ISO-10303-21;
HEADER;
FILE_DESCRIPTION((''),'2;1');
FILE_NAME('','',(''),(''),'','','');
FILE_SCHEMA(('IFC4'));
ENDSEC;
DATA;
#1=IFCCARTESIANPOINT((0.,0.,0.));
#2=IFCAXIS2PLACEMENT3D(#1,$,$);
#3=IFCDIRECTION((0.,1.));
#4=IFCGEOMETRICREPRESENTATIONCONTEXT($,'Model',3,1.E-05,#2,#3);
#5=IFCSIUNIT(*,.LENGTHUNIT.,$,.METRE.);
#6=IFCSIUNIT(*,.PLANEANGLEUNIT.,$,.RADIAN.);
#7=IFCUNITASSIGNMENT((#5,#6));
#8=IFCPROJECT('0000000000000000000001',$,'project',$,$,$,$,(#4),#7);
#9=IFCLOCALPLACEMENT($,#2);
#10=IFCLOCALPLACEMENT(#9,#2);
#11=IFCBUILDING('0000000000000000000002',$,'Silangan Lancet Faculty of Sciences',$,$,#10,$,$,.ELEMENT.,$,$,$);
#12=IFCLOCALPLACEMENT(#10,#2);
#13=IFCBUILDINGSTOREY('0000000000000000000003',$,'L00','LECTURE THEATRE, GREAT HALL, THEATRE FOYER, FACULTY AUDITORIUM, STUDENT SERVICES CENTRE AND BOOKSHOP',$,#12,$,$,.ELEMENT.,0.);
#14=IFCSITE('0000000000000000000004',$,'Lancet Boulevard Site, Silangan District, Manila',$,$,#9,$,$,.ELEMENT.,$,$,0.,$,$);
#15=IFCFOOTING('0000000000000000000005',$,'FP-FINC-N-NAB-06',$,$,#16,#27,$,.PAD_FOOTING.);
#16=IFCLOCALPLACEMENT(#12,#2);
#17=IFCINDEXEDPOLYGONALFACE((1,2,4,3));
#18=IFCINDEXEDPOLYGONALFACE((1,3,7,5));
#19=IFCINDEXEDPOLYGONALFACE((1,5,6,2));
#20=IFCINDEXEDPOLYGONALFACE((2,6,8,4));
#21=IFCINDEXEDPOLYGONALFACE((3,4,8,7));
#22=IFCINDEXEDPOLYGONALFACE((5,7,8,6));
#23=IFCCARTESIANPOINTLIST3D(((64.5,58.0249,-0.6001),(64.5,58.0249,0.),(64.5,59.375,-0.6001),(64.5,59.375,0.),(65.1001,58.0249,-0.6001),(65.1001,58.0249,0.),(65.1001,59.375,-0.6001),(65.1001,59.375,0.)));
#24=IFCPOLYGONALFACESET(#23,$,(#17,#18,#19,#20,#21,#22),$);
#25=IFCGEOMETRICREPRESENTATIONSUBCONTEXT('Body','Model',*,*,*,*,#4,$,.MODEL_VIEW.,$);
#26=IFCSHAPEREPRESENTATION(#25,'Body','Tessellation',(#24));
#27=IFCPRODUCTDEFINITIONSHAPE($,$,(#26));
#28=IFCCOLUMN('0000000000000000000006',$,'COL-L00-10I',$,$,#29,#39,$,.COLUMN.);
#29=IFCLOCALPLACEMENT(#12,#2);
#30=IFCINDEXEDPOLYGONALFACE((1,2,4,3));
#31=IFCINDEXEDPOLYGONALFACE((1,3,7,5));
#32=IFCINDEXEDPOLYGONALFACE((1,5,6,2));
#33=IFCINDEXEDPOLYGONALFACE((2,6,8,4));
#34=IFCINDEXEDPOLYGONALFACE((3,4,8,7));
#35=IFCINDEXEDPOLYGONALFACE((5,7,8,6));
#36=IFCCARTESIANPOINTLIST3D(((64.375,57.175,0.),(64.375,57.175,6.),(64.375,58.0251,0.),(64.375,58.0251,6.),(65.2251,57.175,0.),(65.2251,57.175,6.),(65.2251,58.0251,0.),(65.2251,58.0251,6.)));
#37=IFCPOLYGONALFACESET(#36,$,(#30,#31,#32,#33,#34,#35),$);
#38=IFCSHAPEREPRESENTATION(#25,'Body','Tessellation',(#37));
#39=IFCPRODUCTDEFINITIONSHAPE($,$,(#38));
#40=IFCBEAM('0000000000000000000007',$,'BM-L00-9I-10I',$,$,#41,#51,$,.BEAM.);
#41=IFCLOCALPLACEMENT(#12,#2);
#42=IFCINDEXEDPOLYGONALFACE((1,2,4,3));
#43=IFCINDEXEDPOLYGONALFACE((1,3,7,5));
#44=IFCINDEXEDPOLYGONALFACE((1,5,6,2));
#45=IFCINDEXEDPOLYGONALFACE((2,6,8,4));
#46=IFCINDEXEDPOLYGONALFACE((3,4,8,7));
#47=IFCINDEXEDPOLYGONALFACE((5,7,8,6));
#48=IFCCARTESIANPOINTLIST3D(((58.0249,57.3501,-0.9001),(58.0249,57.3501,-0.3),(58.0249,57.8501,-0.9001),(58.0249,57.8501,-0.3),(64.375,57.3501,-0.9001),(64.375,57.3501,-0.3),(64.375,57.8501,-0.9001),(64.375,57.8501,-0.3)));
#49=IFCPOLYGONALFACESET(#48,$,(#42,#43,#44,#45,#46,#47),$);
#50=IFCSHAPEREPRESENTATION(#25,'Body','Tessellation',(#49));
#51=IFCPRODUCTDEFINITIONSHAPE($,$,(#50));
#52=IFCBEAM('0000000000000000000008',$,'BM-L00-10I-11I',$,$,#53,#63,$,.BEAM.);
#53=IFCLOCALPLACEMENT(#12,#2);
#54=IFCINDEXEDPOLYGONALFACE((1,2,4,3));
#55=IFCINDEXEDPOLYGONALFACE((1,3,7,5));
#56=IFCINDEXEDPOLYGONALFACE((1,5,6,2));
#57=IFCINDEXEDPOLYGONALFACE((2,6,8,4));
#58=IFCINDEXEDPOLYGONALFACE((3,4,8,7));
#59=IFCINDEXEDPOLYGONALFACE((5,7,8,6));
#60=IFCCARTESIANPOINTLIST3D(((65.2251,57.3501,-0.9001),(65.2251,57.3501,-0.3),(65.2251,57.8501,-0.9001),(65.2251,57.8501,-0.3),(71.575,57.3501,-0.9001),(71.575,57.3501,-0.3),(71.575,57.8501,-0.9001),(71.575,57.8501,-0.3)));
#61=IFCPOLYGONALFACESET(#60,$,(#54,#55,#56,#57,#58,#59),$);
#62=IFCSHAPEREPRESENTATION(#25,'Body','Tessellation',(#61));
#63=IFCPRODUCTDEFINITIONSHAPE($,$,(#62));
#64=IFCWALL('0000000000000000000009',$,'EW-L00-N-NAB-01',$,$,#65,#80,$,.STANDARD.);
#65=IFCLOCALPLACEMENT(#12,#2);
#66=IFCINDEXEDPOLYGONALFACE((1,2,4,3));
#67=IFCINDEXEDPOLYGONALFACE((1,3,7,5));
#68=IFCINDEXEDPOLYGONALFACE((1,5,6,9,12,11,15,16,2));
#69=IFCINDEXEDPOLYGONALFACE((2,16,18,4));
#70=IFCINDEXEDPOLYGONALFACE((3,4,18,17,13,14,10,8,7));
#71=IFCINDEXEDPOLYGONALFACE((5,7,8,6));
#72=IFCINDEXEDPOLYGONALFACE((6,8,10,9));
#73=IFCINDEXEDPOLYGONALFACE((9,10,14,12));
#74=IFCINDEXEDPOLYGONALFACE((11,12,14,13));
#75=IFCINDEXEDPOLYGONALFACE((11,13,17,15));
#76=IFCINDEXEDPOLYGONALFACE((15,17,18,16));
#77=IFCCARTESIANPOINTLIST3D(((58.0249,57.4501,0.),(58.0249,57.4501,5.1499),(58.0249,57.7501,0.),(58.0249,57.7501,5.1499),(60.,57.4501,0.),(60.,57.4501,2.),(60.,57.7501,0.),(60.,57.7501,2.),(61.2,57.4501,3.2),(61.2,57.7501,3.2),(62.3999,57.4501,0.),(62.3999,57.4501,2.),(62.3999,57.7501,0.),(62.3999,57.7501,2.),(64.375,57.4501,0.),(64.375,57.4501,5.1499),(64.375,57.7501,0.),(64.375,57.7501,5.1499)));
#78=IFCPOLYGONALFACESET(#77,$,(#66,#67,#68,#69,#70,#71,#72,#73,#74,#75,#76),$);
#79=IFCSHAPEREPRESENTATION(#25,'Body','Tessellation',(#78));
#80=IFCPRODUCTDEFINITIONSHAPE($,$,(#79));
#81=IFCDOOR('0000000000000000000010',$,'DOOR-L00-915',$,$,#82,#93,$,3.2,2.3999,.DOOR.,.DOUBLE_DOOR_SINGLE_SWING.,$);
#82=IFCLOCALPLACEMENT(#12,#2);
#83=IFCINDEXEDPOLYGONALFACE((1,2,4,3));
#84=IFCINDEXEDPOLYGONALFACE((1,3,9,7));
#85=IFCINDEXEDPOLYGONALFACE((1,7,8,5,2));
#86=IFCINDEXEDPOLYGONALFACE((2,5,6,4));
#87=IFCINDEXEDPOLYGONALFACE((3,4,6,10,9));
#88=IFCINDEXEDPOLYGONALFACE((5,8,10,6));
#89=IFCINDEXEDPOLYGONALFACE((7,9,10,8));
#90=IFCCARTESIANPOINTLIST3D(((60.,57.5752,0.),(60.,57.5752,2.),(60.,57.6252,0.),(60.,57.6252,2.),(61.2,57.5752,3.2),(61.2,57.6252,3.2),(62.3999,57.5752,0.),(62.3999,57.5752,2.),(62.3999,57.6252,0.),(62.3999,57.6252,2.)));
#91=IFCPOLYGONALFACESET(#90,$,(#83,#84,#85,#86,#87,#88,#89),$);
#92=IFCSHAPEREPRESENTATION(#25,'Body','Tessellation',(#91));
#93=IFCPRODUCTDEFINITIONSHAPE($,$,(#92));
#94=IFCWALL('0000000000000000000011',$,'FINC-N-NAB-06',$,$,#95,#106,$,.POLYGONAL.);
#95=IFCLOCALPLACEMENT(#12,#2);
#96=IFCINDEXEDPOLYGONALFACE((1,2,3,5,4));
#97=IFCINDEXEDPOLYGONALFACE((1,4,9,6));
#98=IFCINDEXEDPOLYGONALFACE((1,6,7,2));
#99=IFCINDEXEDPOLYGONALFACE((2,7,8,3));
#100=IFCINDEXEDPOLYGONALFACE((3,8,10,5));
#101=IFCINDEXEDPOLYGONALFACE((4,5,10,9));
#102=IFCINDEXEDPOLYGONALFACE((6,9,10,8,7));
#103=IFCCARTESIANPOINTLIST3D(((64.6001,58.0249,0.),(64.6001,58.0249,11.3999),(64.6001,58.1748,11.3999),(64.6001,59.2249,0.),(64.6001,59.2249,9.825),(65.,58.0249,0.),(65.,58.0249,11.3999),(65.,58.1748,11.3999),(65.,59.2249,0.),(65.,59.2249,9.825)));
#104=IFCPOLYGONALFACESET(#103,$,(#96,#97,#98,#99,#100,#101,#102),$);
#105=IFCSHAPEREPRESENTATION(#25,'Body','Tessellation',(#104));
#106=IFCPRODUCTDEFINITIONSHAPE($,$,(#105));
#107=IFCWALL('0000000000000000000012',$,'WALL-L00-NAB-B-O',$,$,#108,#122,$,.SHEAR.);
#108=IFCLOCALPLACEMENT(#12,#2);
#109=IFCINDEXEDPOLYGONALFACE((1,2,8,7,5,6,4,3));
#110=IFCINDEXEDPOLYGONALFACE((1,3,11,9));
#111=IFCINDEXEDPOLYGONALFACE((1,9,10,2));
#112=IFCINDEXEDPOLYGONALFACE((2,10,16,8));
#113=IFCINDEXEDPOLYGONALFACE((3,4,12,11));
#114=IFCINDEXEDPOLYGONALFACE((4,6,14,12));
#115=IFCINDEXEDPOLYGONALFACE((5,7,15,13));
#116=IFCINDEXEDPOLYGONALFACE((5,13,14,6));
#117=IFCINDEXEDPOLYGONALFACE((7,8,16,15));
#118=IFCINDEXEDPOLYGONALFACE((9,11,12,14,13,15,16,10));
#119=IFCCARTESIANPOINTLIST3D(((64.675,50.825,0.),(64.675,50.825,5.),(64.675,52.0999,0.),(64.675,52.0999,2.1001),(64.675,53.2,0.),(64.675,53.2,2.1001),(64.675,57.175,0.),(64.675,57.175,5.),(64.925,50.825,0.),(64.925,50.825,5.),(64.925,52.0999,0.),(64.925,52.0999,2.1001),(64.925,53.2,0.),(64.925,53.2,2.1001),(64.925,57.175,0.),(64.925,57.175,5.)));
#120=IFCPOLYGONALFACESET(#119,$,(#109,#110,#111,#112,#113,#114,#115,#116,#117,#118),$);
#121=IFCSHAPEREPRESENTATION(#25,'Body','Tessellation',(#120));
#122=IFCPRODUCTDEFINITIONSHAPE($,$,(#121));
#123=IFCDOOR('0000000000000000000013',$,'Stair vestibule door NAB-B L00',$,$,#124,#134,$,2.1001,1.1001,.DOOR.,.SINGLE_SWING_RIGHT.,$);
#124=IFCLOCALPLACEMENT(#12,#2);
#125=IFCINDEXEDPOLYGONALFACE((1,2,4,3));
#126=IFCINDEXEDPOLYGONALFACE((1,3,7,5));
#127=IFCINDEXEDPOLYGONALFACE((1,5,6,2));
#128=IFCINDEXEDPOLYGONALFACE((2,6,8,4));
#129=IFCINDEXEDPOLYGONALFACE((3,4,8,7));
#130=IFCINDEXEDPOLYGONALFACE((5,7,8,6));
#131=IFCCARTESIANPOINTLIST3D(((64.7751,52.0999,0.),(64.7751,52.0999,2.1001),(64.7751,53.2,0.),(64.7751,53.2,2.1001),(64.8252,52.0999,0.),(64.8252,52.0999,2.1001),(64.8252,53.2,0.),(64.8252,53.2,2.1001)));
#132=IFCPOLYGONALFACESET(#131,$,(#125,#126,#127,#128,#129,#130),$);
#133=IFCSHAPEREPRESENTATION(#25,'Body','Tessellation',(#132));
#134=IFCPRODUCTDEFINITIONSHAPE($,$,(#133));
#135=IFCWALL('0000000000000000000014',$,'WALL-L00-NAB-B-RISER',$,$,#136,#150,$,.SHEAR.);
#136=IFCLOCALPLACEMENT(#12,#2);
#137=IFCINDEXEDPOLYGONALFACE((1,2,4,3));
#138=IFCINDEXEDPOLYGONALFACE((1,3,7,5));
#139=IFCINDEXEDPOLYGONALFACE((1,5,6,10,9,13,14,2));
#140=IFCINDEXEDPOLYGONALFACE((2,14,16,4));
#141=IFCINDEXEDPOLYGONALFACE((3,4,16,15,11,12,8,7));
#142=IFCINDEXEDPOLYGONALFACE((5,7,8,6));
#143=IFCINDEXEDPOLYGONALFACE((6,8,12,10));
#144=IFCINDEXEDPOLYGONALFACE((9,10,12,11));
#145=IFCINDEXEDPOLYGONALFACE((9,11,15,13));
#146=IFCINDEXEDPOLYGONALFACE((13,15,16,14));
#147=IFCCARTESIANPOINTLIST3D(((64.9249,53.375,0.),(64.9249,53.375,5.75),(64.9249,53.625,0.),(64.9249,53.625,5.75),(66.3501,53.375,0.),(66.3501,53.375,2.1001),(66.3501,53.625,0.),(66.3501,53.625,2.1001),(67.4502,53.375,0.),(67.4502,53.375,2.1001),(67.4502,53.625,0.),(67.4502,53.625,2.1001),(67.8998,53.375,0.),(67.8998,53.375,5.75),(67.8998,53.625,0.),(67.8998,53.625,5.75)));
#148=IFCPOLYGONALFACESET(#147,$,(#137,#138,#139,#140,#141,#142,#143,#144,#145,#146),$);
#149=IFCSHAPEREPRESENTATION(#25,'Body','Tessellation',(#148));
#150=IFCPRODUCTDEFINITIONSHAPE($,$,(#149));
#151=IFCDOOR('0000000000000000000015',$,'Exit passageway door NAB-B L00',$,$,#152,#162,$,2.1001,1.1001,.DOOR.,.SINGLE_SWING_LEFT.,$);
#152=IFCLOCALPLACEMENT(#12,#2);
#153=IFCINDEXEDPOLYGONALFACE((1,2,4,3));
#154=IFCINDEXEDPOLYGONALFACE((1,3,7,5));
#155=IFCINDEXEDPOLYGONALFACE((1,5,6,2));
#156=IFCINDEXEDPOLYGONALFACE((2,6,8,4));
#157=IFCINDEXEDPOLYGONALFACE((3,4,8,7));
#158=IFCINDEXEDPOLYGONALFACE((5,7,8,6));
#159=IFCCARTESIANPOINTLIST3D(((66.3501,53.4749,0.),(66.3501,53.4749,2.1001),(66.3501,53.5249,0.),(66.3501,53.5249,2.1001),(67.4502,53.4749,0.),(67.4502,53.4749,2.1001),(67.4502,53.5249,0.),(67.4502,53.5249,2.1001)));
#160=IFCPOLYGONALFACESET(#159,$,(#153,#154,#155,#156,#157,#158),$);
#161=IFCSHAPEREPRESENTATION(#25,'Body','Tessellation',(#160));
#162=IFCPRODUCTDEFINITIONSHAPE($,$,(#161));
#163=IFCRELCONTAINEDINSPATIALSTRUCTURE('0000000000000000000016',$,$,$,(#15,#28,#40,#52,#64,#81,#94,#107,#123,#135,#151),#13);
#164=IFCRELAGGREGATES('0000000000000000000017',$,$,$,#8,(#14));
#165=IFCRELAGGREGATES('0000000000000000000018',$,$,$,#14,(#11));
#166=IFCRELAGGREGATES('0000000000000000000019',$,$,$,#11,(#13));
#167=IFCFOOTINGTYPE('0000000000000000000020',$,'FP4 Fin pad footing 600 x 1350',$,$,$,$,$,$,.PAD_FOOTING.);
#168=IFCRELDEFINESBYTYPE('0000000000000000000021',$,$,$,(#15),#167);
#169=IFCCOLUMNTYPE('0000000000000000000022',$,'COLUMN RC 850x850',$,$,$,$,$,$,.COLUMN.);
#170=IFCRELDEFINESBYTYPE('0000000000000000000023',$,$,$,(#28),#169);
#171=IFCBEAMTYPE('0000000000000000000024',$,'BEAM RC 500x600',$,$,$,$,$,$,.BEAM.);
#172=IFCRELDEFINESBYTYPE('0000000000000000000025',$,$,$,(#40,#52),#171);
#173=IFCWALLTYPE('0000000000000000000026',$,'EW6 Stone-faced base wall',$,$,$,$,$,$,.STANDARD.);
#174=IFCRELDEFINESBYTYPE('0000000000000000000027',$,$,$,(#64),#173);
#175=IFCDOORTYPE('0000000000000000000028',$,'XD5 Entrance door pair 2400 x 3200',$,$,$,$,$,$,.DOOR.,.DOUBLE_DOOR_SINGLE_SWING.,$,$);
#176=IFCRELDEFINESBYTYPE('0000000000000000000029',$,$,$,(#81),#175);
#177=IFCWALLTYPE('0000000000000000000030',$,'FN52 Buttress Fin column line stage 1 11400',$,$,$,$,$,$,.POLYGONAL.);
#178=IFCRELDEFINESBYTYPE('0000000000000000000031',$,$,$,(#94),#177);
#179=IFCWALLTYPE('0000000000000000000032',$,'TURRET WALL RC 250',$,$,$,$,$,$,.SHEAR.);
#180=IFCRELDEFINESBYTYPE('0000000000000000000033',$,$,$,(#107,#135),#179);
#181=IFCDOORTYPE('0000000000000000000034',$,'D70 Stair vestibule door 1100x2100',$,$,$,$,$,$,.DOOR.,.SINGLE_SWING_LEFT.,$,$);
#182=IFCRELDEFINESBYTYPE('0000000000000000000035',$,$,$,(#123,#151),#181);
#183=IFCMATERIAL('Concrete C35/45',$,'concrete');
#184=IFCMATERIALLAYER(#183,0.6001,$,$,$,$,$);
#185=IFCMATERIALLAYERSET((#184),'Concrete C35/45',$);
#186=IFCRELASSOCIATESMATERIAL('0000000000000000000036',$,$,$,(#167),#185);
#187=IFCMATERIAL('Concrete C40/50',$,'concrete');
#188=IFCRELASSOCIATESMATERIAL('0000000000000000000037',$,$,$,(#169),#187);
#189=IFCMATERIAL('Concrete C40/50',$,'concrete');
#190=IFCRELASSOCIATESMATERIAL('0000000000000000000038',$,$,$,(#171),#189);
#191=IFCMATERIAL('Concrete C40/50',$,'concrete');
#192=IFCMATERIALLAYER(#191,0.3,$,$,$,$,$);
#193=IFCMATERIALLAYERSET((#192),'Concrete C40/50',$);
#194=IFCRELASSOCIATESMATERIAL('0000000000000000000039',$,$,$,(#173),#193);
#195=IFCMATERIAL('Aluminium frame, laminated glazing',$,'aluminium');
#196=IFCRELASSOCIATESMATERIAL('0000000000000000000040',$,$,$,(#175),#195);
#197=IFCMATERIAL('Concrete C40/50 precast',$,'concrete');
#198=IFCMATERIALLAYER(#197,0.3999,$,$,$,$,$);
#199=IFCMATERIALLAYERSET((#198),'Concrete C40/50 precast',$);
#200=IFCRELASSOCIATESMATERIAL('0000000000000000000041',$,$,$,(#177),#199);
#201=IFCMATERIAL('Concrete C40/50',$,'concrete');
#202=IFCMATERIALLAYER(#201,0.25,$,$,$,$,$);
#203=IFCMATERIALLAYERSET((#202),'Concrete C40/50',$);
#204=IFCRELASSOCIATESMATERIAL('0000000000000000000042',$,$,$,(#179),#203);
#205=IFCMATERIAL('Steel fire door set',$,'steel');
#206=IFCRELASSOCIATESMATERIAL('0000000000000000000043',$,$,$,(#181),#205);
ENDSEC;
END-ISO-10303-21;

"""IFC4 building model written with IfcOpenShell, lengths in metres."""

from ifc_helpers import new_model, si_unit, direction, frame, frame_2d, origin, origin_2d, place, context, subcontext, project, spatial, polyline, rectangle, outline, extrude, material, layer, layer_set, material_profile, profile_set, type_object, element, fill, save


model = new_model("IFC4")

# Units and contexts
model_context = context("Model", 3, precision=1e-05, world=origin(), true_north=direction((0.0, 1.0)))
body_context = subcontext(model_context, "Body", "Model", "MODEL_VIEW")
ifc_project = project(units=[si_unit("LENGTHUNIT", "METRE"), si_unit("PLANEANGLEUNIT", "RADIAN")], contexts=[model_context])

# Site, building, storey
site_placement = place(None, origin())
site = spatial("IfcSite", under=ifc_project, at=site_placement, Name="Lancet Boulevard Site, Silangan District, Manila", CompositionType="ELEMENT", RefElevation=0.0)
building_placement = place(site_placement, origin())
building = spatial("IfcBuilding", under=site, at=building_placement, Name="Silangan Lancet Faculty of Sciences", CompositionType="ELEMENT")
storey_placement = place(building_placement, origin())
storey = spatial("IfcBuildingStorey", under=building, at=storey_placement, Name="L00", Description="LECTURE THEATRE, GREAT HALL, THEATRE FOYER, FACULTY AUDITORIUM, STUDENT SERVICES CENTRE AND BOOKSHOP", CompositionType="ELEMENT", Elevation=0.0)

# Footing
ifc_material_1 = material(Name="Concrete C35/45", Category="concrete")
ifc_layer_1 = layer(ifc_material_1, 0.6001)
ifc_layer_set_1 = layer_set([ifc_layer_1], Name="Concrete C35/45")
footing_type = type_object("IfcFootingType", Name="FP4 Fin pad footing 600 x 1350", PredefinedType="PAD_FOOTING", material=ifc_layer_set_1)
footing_placement = place(storey_placement, frame((64.8, 58.7, -0.6001), z_axis=(0.0, 0.0, 1.0), x_axis=(1.0, 0.0, 0.0)))
element("IfcFooting", 1, at=footing_placement, inside=storey, type_object=footing_type, Name="FP-FINC-N-NAB-06", PredefinedType="PAD_FOOTING", context=body_context, shape_type="SweptSolid", body=[
    extrude(rectangle(XDim=0.6001, YDim=1.3501, at=origin_2d()), origin(), (0.0, 0.0, 1.0), 0.6001),
])

# Column
ifc_material_2 = material(Name="Concrete C40/50", Category="concrete")
ifc_material_profile_1 = material_profile(ifc_material_2, rectangle(XDim=0.8501, YDim=0.8501, at=origin_2d()), Name="RC 850x850")
ifc_profile_set_1 = profile_set([ifc_material_profile_1], Name="Concrete C40/50")
column_type = type_object("IfcColumnType", Name="COLUMN RC 850x850", PredefinedType="COLUMN", material=ifc_profile_set_1)
column_placement = place(storey_placement, frame((64.8, 57.6001, 0.0), z_axis=(0.0, 0.0, 1.0), x_axis=(1.0, 0.0, 0.0)))
element("IfcColumn", 2, at=column_placement, inside=storey, type_object=column_type, Name="COL-L00-10I", PredefinedType="COLUMN", context=body_context, shape_type="SweptSolid", body=[
    extrude(rectangle(XDim=0.8501, YDim=0.8501, at=origin_2d()), origin(), (0.0, 0.0, 1.0), 6.0),
])

# Beams
ifc_material_3 = material(Name="Concrete C40/50", Category="concrete")
ifc_material_profile_2 = material_profile(ifc_material_3, rectangle(XDim=0.5, YDim=0.6001, at=origin_2d()), Name="RC 500x600")
ifc_profile_set_2 = profile_set([ifc_material_profile_2], Name="Concrete C40/50")
beam_type = type_object("IfcBeamType", Name="BEAM RC 500x600", PredefinedType="BEAM", material=ifc_profile_set_2)
beam_1_placement = place(storey_placement, frame((58.0249, 57.6001, -0.6001), z_axis=(1.0, 0.0, 0.0), x_axis=(0.0, 1.0, 0.0)))
element("IfcBeam", 3, at=beam_1_placement, inside=storey, type_object=beam_type, Name="BM-L00-9I-10I", PredefinedType="BEAM", context=body_context, shape_type="SweptSolid", body=[
    extrude(rectangle(XDim=0.5, YDim=0.6001, at=origin_2d()), origin(), (0.0, 0.0, 1.0), 6.3501),
])
beam_2_placement = place(storey_placement, frame((65.2251, 57.6001, -0.6001), z_axis=(1.0, 0.0, 0.0), x_axis=(0.0, 1.0, 0.0)))
element("IfcBeam", 4, at=beam_2_placement, inside=storey, type_object=beam_type, Name="BM-L00-10I-11I", PredefinedType="BEAM", context=body_context, shape_type="SweptSolid", body=[
    extrude(rectangle(XDim=0.5, YDim=0.6001, at=origin_2d()), origin(), (0.0, 0.0, 1.0), 6.3499),
])

# Wall, opening, door
ifc_material_4 = material(Name="Concrete C40/50", Category="concrete")
ifc_layer_2 = layer(ifc_material_4, 0.3)
ifc_layer_set_2 = layer_set([ifc_layer_2], Name="Concrete C40/50")
wall_type_1 = type_object("IfcWallType", Name="EW6 Stone-faced base wall", PredefinedType="STANDARD", material=ifc_layer_set_2)
wall_1_placement = place(storey_placement, frame((64.375, 57.6001, 0.0), z_axis=(0.0, 0.0, 1.0), x_axis=(-1.0, 0.0, 0.0)))
wall_1 = element("IfcWall", 5, at=wall_1_placement, inside=storey, type_object=wall_type_1, Name="EW-L00-N-NAB-01", PredefinedType="STANDARD", context=body_context, shape_type="SweptSolid", body=[
    extrude(rectangle(XDim=6.3501, YDim=0.3, at=frame_2d((3.175, 0.0))), origin(), (0.0, 0.0, 1.0), 5.1499),
])
opening_1_placement = place(wall_1_placement, frame((1.9751, 0.0, 0.0)))
opening_1 = element("IfcOpeningElement", 6, at=opening_1_placement, cuts=wall_1, PredefinedType="OPENING", context=body_context, shape_type="SweptSolid", body=[
    extrude(outline(polyline([(0.0, 0.0), (2.3999, 0.0), (2.3999, 2.0), (1.2, 3.2), (0.0, 2.0), (0.0, 0.0)])), frame((0.0, 0.1599, 0.0), z_axis=(0.0, -1.0, 0.0), x_axis=(1.0, 0.0, 0.0)), (0.0, 0.0, 1.0), 0.3201),
])
ifc_material_5 = material(Name="Aluminium frame, laminated glazing", Category="aluminium")
door_type_1 = type_object("IfcDoorType", Name="XD5 Entrance door pair 2400 x 3200", OperationType="DOUBLE_DOOR_SINGLE_SWING", PredefinedType="DOOR", material=ifc_material_5)
door_1_placement = place(opening_1_placement, frame((2.3999, 0.0, 0.0), z_axis=(0.0, 0.0, 1.0), x_axis=(-1.0, 0.0, 0.0)))
door_1 = element("IfcDoor", 7, at=door_1_placement, inside=storey, type_object=door_type_1, Name="DOOR-L00-915", OperationType="DOUBLE_DOOR_SINGLE_SWING", OverallHeight=3.2, OverallWidth=2.3999, PredefinedType="DOOR", context=body_context, shape_type="SweptSolid", body=[
    extrude(outline(polyline([(2.3999, 2.0), (1.2, 3.2), (0.0, 2.0), (0.0, 0.0), (2.3999, 0.0), (2.3999, 2.0)])), frame((0.0, 0.0251, 0.0), z_axis=(0.0, -1.0, 0.0), x_axis=(1.0, 0.0, 0.0)), (0.0, 0.0, 1.0), 0.05),
])
fill(opening_1, door_1)

# Wall
ifc_material_6 = material(Name="Concrete C40/50 precast", Category="concrete")
ifc_layer_3 = layer(ifc_material_6, 0.3999)
ifc_layer_set_3 = layer_set([ifc_layer_3], Name="Concrete C40/50 precast")
wall_type_2 = type_object("IfcWallType", Name="FN52 Buttress Fin column line stage 1 11400", PredefinedType="POLYGONAL", material=ifc_layer_set_3)
wall_2_placement = place(storey_placement, frame((64.8, 58.0249, 0.0), z_axis=(0.0, 0.0, 1.0), x_axis=(0.0, 1.0, 0.0)))
element("IfcWall", 8, at=wall_2_placement, inside=storey, type_object=wall_type_2, Name="FINC-N-NAB-06", PredefinedType="POLYGONAL", context=body_context, shape_type="SweptSolid", body=[
    extrude(outline(polyline([(1.2, 0.0), (1.2, 9.825), (0.1499, 11.3999), (0.0, 11.3999), (0.0, 0.0), (1.2, 0.0)])), frame((0.0, 0.2, 0.0), z_axis=(0.0, -1.0, 0.0), x_axis=(1.0, 0.0, 0.0)), (0.0, 0.0, 1.0), 0.3999),
])

# Walls, openings, doors
ifc_material_7 = material(Name="Concrete C40/50", Category="concrete")
ifc_layer_4 = layer(ifc_material_7, 0.25)
ifc_layer_set_4 = layer_set([ifc_layer_4], Name="Concrete C40/50")
wall_type_3 = type_object("IfcWallType", Name="TURRET WALL RC 250", PredefinedType="SHEAR", material=ifc_layer_set_4)
wall_3_placement = place(storey_placement, frame((64.8, 50.825, 0.0), z_axis=(0.0, 0.0, 1.0), x_axis=(0.0, 1.0, 0.0)))
wall_3 = element("IfcWall", 9, at=wall_3_placement, inside=storey, type_object=wall_type_3, Name="WALL-L00-NAB-B-O", PredefinedType="SHEAR", context=body_context, shape_type="SweptSolid", body=[
    extrude(rectangle(XDim=6.3501, YDim=0.25, at=frame_2d((3.175, 0.0))), origin(), (0.0, 0.0, 1.0), 5.0),
])
opening_2_placement = place(wall_3_placement, frame((1.2749, 0.0, 0.0)))
opening_2 = element("IfcOpeningElement", 10, at=opening_2_placement, cuts=wall_3, PredefinedType="OPENING", context=body_context, shape_type="SweptSolid", body=[
    extrude(rectangle(XDim=1.1001, YDim=2.1001, at=frame_2d((0.55, 1.05))), frame((0.0, 0.135, 0.0), z_axis=(0.0, -1.0, 0.0), x_axis=(1.0, 0.0, 0.0)), (0.0, 0.0, 1.0), 0.27),
])
ifc_material_8 = material(Name="Steel fire door set", Category="steel")
door_type_2 = type_object("IfcDoorType", Name="D70 Stair vestibule door 1100x2100", OperationType="SINGLE_SWING_LEFT", PredefinedType="DOOR", material=ifc_material_8)
door_2_placement = place(opening_2_placement, frame((1.1001, 0.0, 0.0), z_axis=(0.0, 0.0, 1.0), x_axis=(-1.0, 0.0, 0.0)))
door_2 = element("IfcDoor", 11, at=door_2_placement, inside=storey, type_object=door_type_2, Name="Stair vestibule door NAB-B L00", OperationType="SINGLE_SWING_RIGHT", OverallHeight=2.1001, OverallWidth=1.1001, PredefinedType="DOOR", context=body_context, shape_type="SweptSolid", body=[
    extrude(rectangle(XDim=1.1001, YDim=2.1001, at=frame_2d((0.55, 1.05))), frame((0.0, 0.0251, 0.0), z_axis=(0.0, -1.0, 0.0), x_axis=(1.0, 0.0, 0.0)), (0.0, 0.0, 1.0), 0.05),
])
fill(opening_2, door_2)
wall_4_placement = place(storey_placement, frame((64.925, 53.5, 0.0), z_axis=(0.0, 0.0, 1.0), x_axis=(1.0, 0.0, 0.0)))
wall_4 = element("IfcWall", 12, at=wall_4_placement, inside=storey, type_object=wall_type_3, Name="WALL-L00-NAB-B-RISER", PredefinedType="SHEAR", context=body_context, shape_type="SweptSolid", body=[
    extrude(rectangle(XDim=2.9749, YDim=0.25, at=frame_2d((1.4873, 0.0))), origin(), (0.0, 0.0, 1.0), 5.75),
])
opening_3_placement = place(wall_4_placement, frame((1.425, 0.0, 0.0)))
opening_3 = element("IfcOpeningElement", 13, at=opening_3_placement, cuts=wall_4, PredefinedType="OPENING", context=body_context, shape_type="SweptSolid", body=[
    extrude(rectangle(XDim=1.1001, YDim=2.1001, at=frame_2d((0.55, 1.05))), frame((0.0, 0.135, 0.0), z_axis=(0.0, -1.0, 0.0), x_axis=(1.0, 0.0, 0.0)), (0.0, 0.0, 1.0), 0.27),
])
door_3_placement = place(opening_3_placement, origin())
door_3 = element("IfcDoor", 14, at=door_3_placement, inside=storey, type_object=door_type_2, Name="Exit passageway door NAB-B L00", OperationType="SINGLE_SWING_LEFT", OverallHeight=2.1001, OverallWidth=1.1001, PredefinedType="DOOR", context=body_context, shape_type="SweptSolid", body=[
    extrude(rectangle(XDim=1.1001, YDim=2.1001, at=frame_2d((0.55, 1.05))), frame((0.0, 0.0249, 0.0), z_axis=(0.0, -1.0, 0.0), x_axis=(1.0, 0.0, 0.0)), (0.0, 0.0, 1.0), 0.05),
])
fill(opening_3, door_3)

save(model, "model.ifc")
